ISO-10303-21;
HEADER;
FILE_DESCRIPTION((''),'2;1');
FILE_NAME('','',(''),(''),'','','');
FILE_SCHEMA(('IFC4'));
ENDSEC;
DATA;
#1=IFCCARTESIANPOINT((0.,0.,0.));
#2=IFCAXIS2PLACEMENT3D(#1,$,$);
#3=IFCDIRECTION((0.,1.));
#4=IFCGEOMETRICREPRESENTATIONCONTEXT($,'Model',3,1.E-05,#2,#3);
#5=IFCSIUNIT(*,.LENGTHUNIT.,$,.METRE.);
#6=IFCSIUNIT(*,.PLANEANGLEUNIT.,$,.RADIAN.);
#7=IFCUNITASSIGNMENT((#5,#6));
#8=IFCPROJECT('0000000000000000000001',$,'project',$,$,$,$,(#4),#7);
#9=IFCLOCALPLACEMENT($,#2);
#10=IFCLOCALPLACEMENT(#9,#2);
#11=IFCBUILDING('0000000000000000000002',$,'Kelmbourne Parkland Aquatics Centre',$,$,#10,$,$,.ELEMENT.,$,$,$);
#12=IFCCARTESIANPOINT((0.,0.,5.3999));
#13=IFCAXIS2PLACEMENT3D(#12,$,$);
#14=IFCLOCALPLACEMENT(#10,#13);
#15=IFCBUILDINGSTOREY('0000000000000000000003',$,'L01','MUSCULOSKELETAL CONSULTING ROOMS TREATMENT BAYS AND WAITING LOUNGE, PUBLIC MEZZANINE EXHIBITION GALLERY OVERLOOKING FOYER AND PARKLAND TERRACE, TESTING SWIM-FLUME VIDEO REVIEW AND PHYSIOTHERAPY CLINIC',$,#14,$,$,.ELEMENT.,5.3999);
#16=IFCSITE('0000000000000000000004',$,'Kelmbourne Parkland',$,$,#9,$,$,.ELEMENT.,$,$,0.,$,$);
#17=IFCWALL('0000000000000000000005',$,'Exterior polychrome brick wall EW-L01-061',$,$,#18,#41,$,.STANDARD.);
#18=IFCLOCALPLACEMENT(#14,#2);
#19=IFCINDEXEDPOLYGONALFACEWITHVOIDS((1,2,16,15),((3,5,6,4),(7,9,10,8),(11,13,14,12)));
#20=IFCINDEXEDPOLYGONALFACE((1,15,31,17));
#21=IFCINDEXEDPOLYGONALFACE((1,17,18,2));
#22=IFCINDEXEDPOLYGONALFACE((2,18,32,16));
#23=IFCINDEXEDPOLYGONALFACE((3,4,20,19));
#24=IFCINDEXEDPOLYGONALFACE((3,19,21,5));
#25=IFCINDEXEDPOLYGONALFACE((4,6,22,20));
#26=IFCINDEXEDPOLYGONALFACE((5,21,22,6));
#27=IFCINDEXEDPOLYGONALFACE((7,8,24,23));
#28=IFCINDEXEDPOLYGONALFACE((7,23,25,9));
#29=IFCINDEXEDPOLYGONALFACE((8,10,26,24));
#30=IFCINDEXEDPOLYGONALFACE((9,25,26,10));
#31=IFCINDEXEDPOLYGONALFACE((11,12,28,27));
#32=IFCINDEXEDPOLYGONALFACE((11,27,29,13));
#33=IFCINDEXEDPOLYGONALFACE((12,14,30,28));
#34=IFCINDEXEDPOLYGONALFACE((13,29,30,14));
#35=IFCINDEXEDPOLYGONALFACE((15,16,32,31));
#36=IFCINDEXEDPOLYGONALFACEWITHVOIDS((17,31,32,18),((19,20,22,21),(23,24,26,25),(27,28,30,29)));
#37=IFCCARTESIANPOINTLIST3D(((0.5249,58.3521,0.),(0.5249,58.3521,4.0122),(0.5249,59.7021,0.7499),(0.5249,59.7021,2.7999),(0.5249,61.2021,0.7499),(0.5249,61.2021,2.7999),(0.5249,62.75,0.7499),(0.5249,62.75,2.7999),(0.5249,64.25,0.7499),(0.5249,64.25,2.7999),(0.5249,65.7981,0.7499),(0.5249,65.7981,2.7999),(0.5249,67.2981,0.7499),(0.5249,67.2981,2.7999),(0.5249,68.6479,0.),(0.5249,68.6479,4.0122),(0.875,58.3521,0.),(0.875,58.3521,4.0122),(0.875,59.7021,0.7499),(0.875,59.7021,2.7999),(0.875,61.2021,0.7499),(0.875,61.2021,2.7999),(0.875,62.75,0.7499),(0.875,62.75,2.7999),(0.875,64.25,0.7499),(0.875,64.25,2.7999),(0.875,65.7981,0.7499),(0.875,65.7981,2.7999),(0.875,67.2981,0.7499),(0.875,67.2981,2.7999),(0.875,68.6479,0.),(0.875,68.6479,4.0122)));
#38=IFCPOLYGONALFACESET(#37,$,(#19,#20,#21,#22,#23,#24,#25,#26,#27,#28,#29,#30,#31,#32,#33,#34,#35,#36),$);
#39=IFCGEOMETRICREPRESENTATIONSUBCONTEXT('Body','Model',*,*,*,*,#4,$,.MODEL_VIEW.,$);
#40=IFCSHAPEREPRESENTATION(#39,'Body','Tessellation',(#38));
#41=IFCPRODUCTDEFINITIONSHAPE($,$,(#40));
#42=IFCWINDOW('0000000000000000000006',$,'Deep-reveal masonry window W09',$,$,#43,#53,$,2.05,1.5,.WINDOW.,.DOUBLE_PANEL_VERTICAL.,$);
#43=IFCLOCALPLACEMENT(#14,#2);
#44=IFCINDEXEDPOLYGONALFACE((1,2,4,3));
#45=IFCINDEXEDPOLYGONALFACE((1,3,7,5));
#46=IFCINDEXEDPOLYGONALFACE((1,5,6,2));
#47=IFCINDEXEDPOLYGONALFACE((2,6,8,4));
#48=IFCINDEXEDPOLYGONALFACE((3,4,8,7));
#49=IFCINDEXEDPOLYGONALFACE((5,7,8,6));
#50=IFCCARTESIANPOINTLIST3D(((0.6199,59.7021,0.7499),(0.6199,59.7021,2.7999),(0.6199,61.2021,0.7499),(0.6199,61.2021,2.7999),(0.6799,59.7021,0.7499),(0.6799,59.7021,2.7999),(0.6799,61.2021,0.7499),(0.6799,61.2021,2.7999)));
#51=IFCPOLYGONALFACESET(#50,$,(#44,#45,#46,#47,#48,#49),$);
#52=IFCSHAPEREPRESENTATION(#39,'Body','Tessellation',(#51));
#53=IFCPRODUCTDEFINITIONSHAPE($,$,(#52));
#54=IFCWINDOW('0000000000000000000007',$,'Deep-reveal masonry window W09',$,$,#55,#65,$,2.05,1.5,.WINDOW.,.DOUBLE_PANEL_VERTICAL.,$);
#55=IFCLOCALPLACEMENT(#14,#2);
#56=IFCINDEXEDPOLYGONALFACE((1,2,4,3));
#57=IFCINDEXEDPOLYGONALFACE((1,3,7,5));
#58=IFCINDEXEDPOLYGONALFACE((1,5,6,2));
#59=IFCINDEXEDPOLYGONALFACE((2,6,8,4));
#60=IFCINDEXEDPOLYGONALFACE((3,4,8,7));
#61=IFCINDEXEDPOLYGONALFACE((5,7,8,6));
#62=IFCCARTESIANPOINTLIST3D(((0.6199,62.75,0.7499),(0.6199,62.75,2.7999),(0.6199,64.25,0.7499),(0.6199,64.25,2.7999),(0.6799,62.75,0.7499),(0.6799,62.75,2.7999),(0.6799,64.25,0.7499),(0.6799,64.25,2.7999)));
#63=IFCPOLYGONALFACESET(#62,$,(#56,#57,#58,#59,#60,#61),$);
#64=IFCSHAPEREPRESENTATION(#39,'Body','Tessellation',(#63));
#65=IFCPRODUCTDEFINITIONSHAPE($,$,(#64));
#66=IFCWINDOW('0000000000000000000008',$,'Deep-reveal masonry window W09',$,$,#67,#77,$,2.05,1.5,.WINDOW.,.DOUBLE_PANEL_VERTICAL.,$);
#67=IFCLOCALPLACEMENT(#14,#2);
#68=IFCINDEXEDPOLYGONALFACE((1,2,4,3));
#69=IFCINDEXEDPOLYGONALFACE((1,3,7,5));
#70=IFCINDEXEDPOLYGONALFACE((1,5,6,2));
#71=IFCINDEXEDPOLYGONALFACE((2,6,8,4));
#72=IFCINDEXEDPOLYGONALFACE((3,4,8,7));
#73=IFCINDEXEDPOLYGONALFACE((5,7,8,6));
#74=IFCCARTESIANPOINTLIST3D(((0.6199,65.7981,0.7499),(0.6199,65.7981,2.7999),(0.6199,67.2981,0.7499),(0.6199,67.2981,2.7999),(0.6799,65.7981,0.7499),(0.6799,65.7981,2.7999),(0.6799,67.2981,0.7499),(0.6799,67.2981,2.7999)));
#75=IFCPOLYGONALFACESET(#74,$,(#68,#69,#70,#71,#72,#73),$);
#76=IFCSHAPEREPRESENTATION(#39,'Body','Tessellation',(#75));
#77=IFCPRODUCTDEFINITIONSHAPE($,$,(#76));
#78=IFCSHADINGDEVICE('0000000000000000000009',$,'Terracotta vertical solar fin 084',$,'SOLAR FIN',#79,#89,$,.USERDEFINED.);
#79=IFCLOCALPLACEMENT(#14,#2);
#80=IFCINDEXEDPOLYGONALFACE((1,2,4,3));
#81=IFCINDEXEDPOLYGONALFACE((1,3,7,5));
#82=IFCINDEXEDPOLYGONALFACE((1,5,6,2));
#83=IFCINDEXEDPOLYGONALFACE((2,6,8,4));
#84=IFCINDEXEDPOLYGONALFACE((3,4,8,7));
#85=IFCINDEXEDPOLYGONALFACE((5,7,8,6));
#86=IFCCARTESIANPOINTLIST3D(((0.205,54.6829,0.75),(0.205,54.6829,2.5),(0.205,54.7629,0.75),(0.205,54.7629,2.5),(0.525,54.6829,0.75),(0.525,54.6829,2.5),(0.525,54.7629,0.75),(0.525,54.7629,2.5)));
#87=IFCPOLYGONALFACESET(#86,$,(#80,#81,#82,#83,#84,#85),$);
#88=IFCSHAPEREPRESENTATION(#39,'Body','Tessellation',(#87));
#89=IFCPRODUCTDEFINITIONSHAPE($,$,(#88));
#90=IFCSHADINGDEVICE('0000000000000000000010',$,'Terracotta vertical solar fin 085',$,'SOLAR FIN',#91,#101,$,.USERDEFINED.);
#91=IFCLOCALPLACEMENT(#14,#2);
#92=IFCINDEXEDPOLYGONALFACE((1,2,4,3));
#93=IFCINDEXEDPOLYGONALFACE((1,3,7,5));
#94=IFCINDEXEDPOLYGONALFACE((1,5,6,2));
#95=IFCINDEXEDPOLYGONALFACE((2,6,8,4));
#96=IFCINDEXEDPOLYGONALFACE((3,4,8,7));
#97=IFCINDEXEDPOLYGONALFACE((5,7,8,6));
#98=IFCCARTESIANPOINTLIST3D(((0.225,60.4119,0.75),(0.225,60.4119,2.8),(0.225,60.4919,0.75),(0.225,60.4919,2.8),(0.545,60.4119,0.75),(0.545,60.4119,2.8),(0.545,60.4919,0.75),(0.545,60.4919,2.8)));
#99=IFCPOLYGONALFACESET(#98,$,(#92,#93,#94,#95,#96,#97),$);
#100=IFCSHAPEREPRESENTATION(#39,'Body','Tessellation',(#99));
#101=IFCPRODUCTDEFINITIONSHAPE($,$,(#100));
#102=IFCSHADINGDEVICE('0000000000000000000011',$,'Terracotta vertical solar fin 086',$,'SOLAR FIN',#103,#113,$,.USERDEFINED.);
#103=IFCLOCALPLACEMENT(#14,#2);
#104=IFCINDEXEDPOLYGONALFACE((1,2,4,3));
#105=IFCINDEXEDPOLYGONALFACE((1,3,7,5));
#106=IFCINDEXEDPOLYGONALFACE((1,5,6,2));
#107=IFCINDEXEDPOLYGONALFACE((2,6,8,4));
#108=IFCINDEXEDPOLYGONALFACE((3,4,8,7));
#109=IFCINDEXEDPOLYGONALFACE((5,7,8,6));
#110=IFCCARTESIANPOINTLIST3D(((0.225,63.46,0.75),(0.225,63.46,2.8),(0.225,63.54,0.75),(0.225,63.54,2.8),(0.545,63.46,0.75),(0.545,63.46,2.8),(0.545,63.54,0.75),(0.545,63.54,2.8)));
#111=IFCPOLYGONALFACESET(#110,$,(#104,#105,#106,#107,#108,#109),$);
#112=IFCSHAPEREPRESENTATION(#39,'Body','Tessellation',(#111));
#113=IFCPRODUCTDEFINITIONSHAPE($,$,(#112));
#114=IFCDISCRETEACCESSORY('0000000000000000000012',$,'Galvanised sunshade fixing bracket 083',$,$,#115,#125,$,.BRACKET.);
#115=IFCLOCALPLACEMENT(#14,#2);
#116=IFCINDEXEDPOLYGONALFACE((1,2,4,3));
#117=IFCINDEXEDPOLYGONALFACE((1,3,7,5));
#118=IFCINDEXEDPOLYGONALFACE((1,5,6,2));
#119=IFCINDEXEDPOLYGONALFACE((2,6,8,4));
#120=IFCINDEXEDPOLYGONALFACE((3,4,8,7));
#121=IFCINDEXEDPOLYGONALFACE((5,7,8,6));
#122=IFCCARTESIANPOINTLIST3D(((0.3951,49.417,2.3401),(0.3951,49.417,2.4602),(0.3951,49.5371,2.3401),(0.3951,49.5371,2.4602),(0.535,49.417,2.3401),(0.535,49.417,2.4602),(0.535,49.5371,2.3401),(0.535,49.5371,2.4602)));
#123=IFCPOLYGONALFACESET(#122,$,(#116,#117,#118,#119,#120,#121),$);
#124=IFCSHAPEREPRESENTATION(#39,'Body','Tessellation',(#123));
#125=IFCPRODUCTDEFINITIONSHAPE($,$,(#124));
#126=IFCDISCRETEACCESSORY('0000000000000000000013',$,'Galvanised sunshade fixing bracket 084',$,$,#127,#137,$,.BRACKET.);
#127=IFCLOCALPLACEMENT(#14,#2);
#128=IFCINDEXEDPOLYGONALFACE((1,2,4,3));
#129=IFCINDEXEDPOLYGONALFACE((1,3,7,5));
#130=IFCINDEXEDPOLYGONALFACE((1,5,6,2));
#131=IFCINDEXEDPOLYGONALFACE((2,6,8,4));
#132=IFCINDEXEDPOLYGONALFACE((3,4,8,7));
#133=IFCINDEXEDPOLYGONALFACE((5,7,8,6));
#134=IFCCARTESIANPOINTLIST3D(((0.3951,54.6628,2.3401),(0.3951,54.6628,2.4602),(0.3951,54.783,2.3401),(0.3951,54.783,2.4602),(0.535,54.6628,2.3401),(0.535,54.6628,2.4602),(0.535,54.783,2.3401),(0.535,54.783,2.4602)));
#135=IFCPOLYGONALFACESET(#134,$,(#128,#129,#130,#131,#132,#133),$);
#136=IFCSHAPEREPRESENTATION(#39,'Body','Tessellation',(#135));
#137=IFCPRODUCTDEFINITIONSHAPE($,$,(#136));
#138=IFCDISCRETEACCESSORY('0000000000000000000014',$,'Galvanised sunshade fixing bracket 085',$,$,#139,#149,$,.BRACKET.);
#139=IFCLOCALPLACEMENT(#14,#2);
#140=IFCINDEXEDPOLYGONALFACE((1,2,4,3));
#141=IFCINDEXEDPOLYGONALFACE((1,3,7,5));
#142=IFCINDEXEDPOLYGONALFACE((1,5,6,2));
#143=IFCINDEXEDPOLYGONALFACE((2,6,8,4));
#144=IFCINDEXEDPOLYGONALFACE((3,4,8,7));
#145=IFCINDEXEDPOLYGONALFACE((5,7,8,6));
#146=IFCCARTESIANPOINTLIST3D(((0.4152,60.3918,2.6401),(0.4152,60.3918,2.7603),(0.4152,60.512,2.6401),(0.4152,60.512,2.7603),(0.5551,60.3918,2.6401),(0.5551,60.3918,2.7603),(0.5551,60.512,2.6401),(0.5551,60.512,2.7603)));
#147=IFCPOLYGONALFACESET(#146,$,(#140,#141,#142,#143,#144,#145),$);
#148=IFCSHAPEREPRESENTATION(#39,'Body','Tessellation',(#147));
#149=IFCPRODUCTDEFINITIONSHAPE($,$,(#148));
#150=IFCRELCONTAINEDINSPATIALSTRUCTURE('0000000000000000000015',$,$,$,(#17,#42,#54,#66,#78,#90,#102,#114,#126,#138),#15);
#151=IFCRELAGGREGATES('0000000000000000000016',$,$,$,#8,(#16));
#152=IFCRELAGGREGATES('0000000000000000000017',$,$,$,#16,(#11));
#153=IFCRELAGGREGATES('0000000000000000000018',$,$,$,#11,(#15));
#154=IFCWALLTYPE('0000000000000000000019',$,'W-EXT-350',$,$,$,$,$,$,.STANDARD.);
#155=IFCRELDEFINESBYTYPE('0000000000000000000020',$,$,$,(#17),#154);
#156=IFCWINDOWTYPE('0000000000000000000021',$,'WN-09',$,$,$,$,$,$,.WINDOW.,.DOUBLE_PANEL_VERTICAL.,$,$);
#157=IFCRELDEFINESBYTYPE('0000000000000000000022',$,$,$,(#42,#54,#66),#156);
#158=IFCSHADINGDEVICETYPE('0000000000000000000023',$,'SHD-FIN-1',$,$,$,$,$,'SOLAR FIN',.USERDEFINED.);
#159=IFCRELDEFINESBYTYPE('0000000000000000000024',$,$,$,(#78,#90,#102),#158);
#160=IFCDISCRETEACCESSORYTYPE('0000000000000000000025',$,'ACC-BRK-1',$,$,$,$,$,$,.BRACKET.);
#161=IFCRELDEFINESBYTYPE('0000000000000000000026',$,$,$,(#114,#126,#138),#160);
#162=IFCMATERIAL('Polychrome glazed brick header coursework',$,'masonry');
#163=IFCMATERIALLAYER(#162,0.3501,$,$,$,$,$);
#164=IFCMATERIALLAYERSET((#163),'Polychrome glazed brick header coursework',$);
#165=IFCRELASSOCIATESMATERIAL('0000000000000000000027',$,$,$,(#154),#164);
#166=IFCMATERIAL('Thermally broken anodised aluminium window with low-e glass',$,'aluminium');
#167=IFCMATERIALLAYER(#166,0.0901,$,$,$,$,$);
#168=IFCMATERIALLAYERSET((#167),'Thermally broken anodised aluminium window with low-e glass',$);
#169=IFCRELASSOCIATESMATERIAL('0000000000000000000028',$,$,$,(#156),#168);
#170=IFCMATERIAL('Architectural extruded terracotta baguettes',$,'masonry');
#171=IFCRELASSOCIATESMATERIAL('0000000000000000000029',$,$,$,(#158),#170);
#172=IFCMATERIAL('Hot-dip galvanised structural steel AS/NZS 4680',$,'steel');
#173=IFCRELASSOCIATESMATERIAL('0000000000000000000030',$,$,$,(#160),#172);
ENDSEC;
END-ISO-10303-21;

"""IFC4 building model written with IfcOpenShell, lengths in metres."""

from ifc_helpers import new_model, si_unit, direction, frame, frame_2d, origin, origin_2d, place, context, subcontext, project, spatial, rectangle, extrude, material, layer, layer_set, type_object, element, fill, save


model = new_model("IFC4")

# Units and contexts
model_context = context("Model", 3, precision=1e-05, world=origin(), true_north=direction((0.0, 1.0)))
body_context = subcontext(model_context, "Body", "Model", "MODEL_VIEW")
ifc_project = project(units=[si_unit("LENGTHUNIT", "METRE"), si_unit("PLANEANGLEUNIT", "RADIAN")], contexts=[model_context])

# Site, building, storey
site_placement = place(None, origin())
site = spatial("IfcSite", under=ifc_project, at=site_placement, Name="Kelmbourne Parkland", CompositionType="ELEMENT", RefElevation=0.0)
building_placement = place(site_placement, origin())
building = spatial("IfcBuilding", under=site, at=building_placement, Name="Kelmbourne Parkland Aquatics Centre", CompositionType="ELEMENT")
storey_placement = place(building_placement, frame((0.0, 0.0, 5.3999)))
storey = spatial("IfcBuildingStorey", under=building, at=storey_placement, Name="L01", Description="MUSCULOSKELETAL CONSULTING ROOMS TREATMENT BAYS AND WAITING LOUNGE, PUBLIC MEZZANINE EXHIBITION GALLERY OVERLOOKING FOYER AND PARKLAND TERRACE, TESTING SWIM-FLUME VIDEO REVIEW AND PHYSIOTHERAPY CLINIC", CompositionType="ELEMENT", Elevation=5.3999)

# Wall, openings, windows
ifc_material_1 = material(Name="Polychrome glazed brick header coursework", Category="masonry")
ifc_layer_1 = layer(ifc_material_1, 0.3501)
ifc_layer_set_1 = layer_set([ifc_layer_1], Name="Polychrome glazed brick header coursework")
wall_type = type_object("IfcWallType", Name="W-EXT-350", PredefinedType="STANDARD", material=ifc_layer_set_1)
wall_placement = place(storey_placement, frame((0.7, 58.3521, 0.0), z_axis=(0.0, 0.0, 1.0), x_axis=(0.0, 1.0, 0.0)))
wall = element("IfcWall", 1, at=wall_placement, inside=storey, type_object=wall_type, Name="Exterior polychrome brick wall EW-L01-061", PredefinedType="STANDARD", context=body_context, shape_type="SweptSolid", body=[
    extrude(rectangle(XDim=10.2959, YDim=0.3501, at=frame_2d((5.1479, 0.0))), origin(), (0.0, 0.0, 1.0), 4.0122),
])
opening_1_placement = place(wall_placement, frame((1.3501, 0.0, 0.75)))
opening_1 = element("IfcOpeningElement", 2, at=opening_1_placement, cuts=wall, PredefinedType="OPENING", context=body_context, shape_type="SweptSolid", body=[
    extrude(rectangle(XDim=1.5, YDim=2.05, at=frame_2d((0.75, 1.0249))), frame((0.0, 0.187, 0.0), z_axis=(0.0, -1.0, 0.0), x_axis=(1.0, 0.0, 0.0)), (0.0, 0.0, 1.0), 0.374),
])
opening_2_placement = place(wall_placement, frame((4.3979, 0.0, 0.75)))
opening_2 = element("IfcOpeningElement", 3, at=opening_2_placement, cuts=wall, PredefinedType="OPENING", context=body_context, shape_type="SweptSolid", body=[
    extrude(rectangle(XDim=1.5, YDim=2.05, at=frame_2d((0.75, 1.0249))), frame((0.0, 0.187, 0.0), z_axis=(0.0, -1.0, 0.0), x_axis=(1.0, 0.0, 0.0)), (0.0, 0.0, 1.0), 0.374),
])
opening_3_placement = place(wall_placement, frame((7.446, 0.0, 0.75)))
opening_3 = element("IfcOpeningElement", 4, at=opening_3_placement, cuts=wall, PredefinedType="OPENING", context=body_context, shape_type="SweptSolid", body=[
    extrude(rectangle(XDim=1.5, YDim=2.05, at=frame_2d((0.75, 1.0249))), frame((0.0, 0.187, 0.0), z_axis=(0.0, -1.0, 0.0), x_axis=(1.0, 0.0, 0.0)), (0.0, 0.0, 1.0), 0.374),
])
ifc_material_2 = material(Name="Thermally broken anodised aluminium window with low-e glass", Category="aluminium")
ifc_layer_2 = layer(ifc_material_2, 0.0901)
ifc_layer_set_2 = layer_set([ifc_layer_2], Name="Thermally broken anodised aluminium window with low-e glass")
window_type = type_object("IfcWindowType", Name="WN-09", PartitioningType="DOUBLE_PANEL_VERTICAL", PredefinedType="WINDOW", material=ifc_layer_set_2)
window_1_placement = place(opening_1_placement, origin())
window_1 = element("IfcWindow", 5, at=window_1_placement, inside=storey, type_object=window_type, Name="Deep-reveal masonry window W09", OverallHeight=2.05, OverallWidth=1.5, PartitioningType="DOUBLE_PANEL_VERTICAL", PredefinedType="WINDOW", context=body_context, shape_type="SweptSolid", body=[
    extrude(rectangle(XDim=1.5, YDim=2.05, at=frame_2d((0.75, 1.0249))), frame((0.0, 0.0801, 0.0), z_axis=(0.0, -1.0, 0.0), x_axis=(1.0, 0.0, 0.0)), (0.0, 0.0, 1.0), 0.0601),
])
fill(opening_1, window_1)
window_2_placement = place(opening_2_placement, origin())
window_2 = element("IfcWindow", 6, at=window_2_placement, inside=storey, type_object=window_type, Name="Deep-reveal masonry window W09", OverallHeight=2.05, OverallWidth=1.5, PartitioningType="DOUBLE_PANEL_VERTICAL", PredefinedType="WINDOW", context=body_context, shape_type="SweptSolid", body=[
    extrude(rectangle(XDim=1.5, YDim=2.05, at=frame_2d((0.75, 1.0249))), frame((0.0, 0.0801, 0.0), z_axis=(0.0, -1.0, 0.0), x_axis=(1.0, 0.0, 0.0)), (0.0, 0.0, 1.0), 0.0601),
])
fill(opening_2, window_2)
window_3_placement = place(opening_3_placement, origin())
window_3 = element("IfcWindow", 7, at=window_3_placement, inside=storey, type_object=window_type, Name="Deep-reveal masonry window W09", OverallHeight=2.05, OverallWidth=1.5, PartitioningType="DOUBLE_PANEL_VERTICAL", PredefinedType="WINDOW", context=body_context, shape_type="SweptSolid", body=[
    extrude(rectangle(XDim=1.5, YDim=2.05, at=frame_2d((0.75, 1.0249))), frame((0.0, 0.0801, 0.0), z_axis=(0.0, -1.0, 0.0), x_axis=(1.0, 0.0, 0.0)), (0.0, 0.0, 1.0), 0.0601),
])
fill(opening_3, window_3)

# Shading devices
ifc_material_3 = material(Name="Architectural extruded terracotta baguettes", Category="masonry")
shading_device_type = type_object("IfcShadingDeviceType", Name="SHD-FIN-1", ElementType="SOLAR FIN", PredefinedType="USERDEFINED", material=ifc_material_3)
shading_device_placement = place(storey_placement, frame((0.365, 54.7229, 0.75), z_axis=(0.0, 0.0, 1.0), x_axis=(0.0, 1.0, 0.0)))
element("IfcShadingDevice", 8, at=shading_device_placement, inside=storey, type_object=shading_device_type, Name="Terracotta vertical solar fin 084", ObjectType="SOLAR FIN", PredefinedType="USERDEFINED", context=body_context, shape_type="SweptSolid", body=[
    extrude(rectangle(XDim=0.0801, YDim=0.3201, at=origin_2d()), origin(), (0.0, 0.0, 1.0), 1.75),
])
for number, where, z_axis, x_axis, name in (
    (9, (0.385, 60.4519, 0.75), (0.0, 0.0, 1.0), (0.0, 1.0, 0.0), "Terracotta vertical solar fin 085"),
    (10, (0.385, 63.5, 0.75), (0.0, 0.0, 1.0), (0.0, 1.0, 0.0), "Terracotta vertical solar fin 086"),
):
    element("IfcShadingDevice", number, at=place(storey_placement, frame(where, z_axis=z_axis, x_axis=x_axis)), inside=storey, type_object=shading_device_type, Name=name, ObjectType="SOLAR FIN", PredefinedType="USERDEFINED", context=body_context, shape_type="SweptSolid", body=[
        extrude(rectangle(XDim=0.0801, YDim=0.3201, at=origin_2d()), origin(), (0.0, 0.0, 1.0), 2.05),
    ])

# Discrete accessories
ifc_material_4 = material(Name="Hot-dip galvanised structural steel AS/NZS 4680", Category="steel")
discrete_accessory_type = type_object("IfcDiscreteAccessoryType", Name="ACC-BRK-1", PredefinedType="BRACKET", material=ifc_material_4)
for number, where, z_axis, x_axis, name in (
    (11, (0.4651, 49.4771, 2.3401), (0.0, 0.0, 1.0), (0.0, 1.0, 0.0), "Galvanised sunshade fixing bracket 083"),
    (12, (0.4651, 54.7229, 2.3401), (0.0, 0.0, 1.0), (0.0, 1.0, 0.0), "Galvanised sunshade fixing bracket 084"),
    (13, (0.4851, 60.4519, 2.6401), (0.0, 0.0, 1.0), (0.0, 1.0, 0.0), "Galvanised sunshade fixing bracket 085"),
):
    element("IfcDiscreteAccessory", number, at=place(storey_placement, frame(where, z_axis=z_axis, x_axis=x_axis)), inside=storey, type_object=discrete_accessory_type, Name=name, PredefinedType="BRACKET", context=body_context, shape_type="SweptSolid", body=[
        extrude(rectangle(XDim=0.1201, YDim=0.1399, at=origin_2d()), origin(), (0.0, 0.0, 1.0), 0.1201),
    ])

save(model, "model.ifc")
